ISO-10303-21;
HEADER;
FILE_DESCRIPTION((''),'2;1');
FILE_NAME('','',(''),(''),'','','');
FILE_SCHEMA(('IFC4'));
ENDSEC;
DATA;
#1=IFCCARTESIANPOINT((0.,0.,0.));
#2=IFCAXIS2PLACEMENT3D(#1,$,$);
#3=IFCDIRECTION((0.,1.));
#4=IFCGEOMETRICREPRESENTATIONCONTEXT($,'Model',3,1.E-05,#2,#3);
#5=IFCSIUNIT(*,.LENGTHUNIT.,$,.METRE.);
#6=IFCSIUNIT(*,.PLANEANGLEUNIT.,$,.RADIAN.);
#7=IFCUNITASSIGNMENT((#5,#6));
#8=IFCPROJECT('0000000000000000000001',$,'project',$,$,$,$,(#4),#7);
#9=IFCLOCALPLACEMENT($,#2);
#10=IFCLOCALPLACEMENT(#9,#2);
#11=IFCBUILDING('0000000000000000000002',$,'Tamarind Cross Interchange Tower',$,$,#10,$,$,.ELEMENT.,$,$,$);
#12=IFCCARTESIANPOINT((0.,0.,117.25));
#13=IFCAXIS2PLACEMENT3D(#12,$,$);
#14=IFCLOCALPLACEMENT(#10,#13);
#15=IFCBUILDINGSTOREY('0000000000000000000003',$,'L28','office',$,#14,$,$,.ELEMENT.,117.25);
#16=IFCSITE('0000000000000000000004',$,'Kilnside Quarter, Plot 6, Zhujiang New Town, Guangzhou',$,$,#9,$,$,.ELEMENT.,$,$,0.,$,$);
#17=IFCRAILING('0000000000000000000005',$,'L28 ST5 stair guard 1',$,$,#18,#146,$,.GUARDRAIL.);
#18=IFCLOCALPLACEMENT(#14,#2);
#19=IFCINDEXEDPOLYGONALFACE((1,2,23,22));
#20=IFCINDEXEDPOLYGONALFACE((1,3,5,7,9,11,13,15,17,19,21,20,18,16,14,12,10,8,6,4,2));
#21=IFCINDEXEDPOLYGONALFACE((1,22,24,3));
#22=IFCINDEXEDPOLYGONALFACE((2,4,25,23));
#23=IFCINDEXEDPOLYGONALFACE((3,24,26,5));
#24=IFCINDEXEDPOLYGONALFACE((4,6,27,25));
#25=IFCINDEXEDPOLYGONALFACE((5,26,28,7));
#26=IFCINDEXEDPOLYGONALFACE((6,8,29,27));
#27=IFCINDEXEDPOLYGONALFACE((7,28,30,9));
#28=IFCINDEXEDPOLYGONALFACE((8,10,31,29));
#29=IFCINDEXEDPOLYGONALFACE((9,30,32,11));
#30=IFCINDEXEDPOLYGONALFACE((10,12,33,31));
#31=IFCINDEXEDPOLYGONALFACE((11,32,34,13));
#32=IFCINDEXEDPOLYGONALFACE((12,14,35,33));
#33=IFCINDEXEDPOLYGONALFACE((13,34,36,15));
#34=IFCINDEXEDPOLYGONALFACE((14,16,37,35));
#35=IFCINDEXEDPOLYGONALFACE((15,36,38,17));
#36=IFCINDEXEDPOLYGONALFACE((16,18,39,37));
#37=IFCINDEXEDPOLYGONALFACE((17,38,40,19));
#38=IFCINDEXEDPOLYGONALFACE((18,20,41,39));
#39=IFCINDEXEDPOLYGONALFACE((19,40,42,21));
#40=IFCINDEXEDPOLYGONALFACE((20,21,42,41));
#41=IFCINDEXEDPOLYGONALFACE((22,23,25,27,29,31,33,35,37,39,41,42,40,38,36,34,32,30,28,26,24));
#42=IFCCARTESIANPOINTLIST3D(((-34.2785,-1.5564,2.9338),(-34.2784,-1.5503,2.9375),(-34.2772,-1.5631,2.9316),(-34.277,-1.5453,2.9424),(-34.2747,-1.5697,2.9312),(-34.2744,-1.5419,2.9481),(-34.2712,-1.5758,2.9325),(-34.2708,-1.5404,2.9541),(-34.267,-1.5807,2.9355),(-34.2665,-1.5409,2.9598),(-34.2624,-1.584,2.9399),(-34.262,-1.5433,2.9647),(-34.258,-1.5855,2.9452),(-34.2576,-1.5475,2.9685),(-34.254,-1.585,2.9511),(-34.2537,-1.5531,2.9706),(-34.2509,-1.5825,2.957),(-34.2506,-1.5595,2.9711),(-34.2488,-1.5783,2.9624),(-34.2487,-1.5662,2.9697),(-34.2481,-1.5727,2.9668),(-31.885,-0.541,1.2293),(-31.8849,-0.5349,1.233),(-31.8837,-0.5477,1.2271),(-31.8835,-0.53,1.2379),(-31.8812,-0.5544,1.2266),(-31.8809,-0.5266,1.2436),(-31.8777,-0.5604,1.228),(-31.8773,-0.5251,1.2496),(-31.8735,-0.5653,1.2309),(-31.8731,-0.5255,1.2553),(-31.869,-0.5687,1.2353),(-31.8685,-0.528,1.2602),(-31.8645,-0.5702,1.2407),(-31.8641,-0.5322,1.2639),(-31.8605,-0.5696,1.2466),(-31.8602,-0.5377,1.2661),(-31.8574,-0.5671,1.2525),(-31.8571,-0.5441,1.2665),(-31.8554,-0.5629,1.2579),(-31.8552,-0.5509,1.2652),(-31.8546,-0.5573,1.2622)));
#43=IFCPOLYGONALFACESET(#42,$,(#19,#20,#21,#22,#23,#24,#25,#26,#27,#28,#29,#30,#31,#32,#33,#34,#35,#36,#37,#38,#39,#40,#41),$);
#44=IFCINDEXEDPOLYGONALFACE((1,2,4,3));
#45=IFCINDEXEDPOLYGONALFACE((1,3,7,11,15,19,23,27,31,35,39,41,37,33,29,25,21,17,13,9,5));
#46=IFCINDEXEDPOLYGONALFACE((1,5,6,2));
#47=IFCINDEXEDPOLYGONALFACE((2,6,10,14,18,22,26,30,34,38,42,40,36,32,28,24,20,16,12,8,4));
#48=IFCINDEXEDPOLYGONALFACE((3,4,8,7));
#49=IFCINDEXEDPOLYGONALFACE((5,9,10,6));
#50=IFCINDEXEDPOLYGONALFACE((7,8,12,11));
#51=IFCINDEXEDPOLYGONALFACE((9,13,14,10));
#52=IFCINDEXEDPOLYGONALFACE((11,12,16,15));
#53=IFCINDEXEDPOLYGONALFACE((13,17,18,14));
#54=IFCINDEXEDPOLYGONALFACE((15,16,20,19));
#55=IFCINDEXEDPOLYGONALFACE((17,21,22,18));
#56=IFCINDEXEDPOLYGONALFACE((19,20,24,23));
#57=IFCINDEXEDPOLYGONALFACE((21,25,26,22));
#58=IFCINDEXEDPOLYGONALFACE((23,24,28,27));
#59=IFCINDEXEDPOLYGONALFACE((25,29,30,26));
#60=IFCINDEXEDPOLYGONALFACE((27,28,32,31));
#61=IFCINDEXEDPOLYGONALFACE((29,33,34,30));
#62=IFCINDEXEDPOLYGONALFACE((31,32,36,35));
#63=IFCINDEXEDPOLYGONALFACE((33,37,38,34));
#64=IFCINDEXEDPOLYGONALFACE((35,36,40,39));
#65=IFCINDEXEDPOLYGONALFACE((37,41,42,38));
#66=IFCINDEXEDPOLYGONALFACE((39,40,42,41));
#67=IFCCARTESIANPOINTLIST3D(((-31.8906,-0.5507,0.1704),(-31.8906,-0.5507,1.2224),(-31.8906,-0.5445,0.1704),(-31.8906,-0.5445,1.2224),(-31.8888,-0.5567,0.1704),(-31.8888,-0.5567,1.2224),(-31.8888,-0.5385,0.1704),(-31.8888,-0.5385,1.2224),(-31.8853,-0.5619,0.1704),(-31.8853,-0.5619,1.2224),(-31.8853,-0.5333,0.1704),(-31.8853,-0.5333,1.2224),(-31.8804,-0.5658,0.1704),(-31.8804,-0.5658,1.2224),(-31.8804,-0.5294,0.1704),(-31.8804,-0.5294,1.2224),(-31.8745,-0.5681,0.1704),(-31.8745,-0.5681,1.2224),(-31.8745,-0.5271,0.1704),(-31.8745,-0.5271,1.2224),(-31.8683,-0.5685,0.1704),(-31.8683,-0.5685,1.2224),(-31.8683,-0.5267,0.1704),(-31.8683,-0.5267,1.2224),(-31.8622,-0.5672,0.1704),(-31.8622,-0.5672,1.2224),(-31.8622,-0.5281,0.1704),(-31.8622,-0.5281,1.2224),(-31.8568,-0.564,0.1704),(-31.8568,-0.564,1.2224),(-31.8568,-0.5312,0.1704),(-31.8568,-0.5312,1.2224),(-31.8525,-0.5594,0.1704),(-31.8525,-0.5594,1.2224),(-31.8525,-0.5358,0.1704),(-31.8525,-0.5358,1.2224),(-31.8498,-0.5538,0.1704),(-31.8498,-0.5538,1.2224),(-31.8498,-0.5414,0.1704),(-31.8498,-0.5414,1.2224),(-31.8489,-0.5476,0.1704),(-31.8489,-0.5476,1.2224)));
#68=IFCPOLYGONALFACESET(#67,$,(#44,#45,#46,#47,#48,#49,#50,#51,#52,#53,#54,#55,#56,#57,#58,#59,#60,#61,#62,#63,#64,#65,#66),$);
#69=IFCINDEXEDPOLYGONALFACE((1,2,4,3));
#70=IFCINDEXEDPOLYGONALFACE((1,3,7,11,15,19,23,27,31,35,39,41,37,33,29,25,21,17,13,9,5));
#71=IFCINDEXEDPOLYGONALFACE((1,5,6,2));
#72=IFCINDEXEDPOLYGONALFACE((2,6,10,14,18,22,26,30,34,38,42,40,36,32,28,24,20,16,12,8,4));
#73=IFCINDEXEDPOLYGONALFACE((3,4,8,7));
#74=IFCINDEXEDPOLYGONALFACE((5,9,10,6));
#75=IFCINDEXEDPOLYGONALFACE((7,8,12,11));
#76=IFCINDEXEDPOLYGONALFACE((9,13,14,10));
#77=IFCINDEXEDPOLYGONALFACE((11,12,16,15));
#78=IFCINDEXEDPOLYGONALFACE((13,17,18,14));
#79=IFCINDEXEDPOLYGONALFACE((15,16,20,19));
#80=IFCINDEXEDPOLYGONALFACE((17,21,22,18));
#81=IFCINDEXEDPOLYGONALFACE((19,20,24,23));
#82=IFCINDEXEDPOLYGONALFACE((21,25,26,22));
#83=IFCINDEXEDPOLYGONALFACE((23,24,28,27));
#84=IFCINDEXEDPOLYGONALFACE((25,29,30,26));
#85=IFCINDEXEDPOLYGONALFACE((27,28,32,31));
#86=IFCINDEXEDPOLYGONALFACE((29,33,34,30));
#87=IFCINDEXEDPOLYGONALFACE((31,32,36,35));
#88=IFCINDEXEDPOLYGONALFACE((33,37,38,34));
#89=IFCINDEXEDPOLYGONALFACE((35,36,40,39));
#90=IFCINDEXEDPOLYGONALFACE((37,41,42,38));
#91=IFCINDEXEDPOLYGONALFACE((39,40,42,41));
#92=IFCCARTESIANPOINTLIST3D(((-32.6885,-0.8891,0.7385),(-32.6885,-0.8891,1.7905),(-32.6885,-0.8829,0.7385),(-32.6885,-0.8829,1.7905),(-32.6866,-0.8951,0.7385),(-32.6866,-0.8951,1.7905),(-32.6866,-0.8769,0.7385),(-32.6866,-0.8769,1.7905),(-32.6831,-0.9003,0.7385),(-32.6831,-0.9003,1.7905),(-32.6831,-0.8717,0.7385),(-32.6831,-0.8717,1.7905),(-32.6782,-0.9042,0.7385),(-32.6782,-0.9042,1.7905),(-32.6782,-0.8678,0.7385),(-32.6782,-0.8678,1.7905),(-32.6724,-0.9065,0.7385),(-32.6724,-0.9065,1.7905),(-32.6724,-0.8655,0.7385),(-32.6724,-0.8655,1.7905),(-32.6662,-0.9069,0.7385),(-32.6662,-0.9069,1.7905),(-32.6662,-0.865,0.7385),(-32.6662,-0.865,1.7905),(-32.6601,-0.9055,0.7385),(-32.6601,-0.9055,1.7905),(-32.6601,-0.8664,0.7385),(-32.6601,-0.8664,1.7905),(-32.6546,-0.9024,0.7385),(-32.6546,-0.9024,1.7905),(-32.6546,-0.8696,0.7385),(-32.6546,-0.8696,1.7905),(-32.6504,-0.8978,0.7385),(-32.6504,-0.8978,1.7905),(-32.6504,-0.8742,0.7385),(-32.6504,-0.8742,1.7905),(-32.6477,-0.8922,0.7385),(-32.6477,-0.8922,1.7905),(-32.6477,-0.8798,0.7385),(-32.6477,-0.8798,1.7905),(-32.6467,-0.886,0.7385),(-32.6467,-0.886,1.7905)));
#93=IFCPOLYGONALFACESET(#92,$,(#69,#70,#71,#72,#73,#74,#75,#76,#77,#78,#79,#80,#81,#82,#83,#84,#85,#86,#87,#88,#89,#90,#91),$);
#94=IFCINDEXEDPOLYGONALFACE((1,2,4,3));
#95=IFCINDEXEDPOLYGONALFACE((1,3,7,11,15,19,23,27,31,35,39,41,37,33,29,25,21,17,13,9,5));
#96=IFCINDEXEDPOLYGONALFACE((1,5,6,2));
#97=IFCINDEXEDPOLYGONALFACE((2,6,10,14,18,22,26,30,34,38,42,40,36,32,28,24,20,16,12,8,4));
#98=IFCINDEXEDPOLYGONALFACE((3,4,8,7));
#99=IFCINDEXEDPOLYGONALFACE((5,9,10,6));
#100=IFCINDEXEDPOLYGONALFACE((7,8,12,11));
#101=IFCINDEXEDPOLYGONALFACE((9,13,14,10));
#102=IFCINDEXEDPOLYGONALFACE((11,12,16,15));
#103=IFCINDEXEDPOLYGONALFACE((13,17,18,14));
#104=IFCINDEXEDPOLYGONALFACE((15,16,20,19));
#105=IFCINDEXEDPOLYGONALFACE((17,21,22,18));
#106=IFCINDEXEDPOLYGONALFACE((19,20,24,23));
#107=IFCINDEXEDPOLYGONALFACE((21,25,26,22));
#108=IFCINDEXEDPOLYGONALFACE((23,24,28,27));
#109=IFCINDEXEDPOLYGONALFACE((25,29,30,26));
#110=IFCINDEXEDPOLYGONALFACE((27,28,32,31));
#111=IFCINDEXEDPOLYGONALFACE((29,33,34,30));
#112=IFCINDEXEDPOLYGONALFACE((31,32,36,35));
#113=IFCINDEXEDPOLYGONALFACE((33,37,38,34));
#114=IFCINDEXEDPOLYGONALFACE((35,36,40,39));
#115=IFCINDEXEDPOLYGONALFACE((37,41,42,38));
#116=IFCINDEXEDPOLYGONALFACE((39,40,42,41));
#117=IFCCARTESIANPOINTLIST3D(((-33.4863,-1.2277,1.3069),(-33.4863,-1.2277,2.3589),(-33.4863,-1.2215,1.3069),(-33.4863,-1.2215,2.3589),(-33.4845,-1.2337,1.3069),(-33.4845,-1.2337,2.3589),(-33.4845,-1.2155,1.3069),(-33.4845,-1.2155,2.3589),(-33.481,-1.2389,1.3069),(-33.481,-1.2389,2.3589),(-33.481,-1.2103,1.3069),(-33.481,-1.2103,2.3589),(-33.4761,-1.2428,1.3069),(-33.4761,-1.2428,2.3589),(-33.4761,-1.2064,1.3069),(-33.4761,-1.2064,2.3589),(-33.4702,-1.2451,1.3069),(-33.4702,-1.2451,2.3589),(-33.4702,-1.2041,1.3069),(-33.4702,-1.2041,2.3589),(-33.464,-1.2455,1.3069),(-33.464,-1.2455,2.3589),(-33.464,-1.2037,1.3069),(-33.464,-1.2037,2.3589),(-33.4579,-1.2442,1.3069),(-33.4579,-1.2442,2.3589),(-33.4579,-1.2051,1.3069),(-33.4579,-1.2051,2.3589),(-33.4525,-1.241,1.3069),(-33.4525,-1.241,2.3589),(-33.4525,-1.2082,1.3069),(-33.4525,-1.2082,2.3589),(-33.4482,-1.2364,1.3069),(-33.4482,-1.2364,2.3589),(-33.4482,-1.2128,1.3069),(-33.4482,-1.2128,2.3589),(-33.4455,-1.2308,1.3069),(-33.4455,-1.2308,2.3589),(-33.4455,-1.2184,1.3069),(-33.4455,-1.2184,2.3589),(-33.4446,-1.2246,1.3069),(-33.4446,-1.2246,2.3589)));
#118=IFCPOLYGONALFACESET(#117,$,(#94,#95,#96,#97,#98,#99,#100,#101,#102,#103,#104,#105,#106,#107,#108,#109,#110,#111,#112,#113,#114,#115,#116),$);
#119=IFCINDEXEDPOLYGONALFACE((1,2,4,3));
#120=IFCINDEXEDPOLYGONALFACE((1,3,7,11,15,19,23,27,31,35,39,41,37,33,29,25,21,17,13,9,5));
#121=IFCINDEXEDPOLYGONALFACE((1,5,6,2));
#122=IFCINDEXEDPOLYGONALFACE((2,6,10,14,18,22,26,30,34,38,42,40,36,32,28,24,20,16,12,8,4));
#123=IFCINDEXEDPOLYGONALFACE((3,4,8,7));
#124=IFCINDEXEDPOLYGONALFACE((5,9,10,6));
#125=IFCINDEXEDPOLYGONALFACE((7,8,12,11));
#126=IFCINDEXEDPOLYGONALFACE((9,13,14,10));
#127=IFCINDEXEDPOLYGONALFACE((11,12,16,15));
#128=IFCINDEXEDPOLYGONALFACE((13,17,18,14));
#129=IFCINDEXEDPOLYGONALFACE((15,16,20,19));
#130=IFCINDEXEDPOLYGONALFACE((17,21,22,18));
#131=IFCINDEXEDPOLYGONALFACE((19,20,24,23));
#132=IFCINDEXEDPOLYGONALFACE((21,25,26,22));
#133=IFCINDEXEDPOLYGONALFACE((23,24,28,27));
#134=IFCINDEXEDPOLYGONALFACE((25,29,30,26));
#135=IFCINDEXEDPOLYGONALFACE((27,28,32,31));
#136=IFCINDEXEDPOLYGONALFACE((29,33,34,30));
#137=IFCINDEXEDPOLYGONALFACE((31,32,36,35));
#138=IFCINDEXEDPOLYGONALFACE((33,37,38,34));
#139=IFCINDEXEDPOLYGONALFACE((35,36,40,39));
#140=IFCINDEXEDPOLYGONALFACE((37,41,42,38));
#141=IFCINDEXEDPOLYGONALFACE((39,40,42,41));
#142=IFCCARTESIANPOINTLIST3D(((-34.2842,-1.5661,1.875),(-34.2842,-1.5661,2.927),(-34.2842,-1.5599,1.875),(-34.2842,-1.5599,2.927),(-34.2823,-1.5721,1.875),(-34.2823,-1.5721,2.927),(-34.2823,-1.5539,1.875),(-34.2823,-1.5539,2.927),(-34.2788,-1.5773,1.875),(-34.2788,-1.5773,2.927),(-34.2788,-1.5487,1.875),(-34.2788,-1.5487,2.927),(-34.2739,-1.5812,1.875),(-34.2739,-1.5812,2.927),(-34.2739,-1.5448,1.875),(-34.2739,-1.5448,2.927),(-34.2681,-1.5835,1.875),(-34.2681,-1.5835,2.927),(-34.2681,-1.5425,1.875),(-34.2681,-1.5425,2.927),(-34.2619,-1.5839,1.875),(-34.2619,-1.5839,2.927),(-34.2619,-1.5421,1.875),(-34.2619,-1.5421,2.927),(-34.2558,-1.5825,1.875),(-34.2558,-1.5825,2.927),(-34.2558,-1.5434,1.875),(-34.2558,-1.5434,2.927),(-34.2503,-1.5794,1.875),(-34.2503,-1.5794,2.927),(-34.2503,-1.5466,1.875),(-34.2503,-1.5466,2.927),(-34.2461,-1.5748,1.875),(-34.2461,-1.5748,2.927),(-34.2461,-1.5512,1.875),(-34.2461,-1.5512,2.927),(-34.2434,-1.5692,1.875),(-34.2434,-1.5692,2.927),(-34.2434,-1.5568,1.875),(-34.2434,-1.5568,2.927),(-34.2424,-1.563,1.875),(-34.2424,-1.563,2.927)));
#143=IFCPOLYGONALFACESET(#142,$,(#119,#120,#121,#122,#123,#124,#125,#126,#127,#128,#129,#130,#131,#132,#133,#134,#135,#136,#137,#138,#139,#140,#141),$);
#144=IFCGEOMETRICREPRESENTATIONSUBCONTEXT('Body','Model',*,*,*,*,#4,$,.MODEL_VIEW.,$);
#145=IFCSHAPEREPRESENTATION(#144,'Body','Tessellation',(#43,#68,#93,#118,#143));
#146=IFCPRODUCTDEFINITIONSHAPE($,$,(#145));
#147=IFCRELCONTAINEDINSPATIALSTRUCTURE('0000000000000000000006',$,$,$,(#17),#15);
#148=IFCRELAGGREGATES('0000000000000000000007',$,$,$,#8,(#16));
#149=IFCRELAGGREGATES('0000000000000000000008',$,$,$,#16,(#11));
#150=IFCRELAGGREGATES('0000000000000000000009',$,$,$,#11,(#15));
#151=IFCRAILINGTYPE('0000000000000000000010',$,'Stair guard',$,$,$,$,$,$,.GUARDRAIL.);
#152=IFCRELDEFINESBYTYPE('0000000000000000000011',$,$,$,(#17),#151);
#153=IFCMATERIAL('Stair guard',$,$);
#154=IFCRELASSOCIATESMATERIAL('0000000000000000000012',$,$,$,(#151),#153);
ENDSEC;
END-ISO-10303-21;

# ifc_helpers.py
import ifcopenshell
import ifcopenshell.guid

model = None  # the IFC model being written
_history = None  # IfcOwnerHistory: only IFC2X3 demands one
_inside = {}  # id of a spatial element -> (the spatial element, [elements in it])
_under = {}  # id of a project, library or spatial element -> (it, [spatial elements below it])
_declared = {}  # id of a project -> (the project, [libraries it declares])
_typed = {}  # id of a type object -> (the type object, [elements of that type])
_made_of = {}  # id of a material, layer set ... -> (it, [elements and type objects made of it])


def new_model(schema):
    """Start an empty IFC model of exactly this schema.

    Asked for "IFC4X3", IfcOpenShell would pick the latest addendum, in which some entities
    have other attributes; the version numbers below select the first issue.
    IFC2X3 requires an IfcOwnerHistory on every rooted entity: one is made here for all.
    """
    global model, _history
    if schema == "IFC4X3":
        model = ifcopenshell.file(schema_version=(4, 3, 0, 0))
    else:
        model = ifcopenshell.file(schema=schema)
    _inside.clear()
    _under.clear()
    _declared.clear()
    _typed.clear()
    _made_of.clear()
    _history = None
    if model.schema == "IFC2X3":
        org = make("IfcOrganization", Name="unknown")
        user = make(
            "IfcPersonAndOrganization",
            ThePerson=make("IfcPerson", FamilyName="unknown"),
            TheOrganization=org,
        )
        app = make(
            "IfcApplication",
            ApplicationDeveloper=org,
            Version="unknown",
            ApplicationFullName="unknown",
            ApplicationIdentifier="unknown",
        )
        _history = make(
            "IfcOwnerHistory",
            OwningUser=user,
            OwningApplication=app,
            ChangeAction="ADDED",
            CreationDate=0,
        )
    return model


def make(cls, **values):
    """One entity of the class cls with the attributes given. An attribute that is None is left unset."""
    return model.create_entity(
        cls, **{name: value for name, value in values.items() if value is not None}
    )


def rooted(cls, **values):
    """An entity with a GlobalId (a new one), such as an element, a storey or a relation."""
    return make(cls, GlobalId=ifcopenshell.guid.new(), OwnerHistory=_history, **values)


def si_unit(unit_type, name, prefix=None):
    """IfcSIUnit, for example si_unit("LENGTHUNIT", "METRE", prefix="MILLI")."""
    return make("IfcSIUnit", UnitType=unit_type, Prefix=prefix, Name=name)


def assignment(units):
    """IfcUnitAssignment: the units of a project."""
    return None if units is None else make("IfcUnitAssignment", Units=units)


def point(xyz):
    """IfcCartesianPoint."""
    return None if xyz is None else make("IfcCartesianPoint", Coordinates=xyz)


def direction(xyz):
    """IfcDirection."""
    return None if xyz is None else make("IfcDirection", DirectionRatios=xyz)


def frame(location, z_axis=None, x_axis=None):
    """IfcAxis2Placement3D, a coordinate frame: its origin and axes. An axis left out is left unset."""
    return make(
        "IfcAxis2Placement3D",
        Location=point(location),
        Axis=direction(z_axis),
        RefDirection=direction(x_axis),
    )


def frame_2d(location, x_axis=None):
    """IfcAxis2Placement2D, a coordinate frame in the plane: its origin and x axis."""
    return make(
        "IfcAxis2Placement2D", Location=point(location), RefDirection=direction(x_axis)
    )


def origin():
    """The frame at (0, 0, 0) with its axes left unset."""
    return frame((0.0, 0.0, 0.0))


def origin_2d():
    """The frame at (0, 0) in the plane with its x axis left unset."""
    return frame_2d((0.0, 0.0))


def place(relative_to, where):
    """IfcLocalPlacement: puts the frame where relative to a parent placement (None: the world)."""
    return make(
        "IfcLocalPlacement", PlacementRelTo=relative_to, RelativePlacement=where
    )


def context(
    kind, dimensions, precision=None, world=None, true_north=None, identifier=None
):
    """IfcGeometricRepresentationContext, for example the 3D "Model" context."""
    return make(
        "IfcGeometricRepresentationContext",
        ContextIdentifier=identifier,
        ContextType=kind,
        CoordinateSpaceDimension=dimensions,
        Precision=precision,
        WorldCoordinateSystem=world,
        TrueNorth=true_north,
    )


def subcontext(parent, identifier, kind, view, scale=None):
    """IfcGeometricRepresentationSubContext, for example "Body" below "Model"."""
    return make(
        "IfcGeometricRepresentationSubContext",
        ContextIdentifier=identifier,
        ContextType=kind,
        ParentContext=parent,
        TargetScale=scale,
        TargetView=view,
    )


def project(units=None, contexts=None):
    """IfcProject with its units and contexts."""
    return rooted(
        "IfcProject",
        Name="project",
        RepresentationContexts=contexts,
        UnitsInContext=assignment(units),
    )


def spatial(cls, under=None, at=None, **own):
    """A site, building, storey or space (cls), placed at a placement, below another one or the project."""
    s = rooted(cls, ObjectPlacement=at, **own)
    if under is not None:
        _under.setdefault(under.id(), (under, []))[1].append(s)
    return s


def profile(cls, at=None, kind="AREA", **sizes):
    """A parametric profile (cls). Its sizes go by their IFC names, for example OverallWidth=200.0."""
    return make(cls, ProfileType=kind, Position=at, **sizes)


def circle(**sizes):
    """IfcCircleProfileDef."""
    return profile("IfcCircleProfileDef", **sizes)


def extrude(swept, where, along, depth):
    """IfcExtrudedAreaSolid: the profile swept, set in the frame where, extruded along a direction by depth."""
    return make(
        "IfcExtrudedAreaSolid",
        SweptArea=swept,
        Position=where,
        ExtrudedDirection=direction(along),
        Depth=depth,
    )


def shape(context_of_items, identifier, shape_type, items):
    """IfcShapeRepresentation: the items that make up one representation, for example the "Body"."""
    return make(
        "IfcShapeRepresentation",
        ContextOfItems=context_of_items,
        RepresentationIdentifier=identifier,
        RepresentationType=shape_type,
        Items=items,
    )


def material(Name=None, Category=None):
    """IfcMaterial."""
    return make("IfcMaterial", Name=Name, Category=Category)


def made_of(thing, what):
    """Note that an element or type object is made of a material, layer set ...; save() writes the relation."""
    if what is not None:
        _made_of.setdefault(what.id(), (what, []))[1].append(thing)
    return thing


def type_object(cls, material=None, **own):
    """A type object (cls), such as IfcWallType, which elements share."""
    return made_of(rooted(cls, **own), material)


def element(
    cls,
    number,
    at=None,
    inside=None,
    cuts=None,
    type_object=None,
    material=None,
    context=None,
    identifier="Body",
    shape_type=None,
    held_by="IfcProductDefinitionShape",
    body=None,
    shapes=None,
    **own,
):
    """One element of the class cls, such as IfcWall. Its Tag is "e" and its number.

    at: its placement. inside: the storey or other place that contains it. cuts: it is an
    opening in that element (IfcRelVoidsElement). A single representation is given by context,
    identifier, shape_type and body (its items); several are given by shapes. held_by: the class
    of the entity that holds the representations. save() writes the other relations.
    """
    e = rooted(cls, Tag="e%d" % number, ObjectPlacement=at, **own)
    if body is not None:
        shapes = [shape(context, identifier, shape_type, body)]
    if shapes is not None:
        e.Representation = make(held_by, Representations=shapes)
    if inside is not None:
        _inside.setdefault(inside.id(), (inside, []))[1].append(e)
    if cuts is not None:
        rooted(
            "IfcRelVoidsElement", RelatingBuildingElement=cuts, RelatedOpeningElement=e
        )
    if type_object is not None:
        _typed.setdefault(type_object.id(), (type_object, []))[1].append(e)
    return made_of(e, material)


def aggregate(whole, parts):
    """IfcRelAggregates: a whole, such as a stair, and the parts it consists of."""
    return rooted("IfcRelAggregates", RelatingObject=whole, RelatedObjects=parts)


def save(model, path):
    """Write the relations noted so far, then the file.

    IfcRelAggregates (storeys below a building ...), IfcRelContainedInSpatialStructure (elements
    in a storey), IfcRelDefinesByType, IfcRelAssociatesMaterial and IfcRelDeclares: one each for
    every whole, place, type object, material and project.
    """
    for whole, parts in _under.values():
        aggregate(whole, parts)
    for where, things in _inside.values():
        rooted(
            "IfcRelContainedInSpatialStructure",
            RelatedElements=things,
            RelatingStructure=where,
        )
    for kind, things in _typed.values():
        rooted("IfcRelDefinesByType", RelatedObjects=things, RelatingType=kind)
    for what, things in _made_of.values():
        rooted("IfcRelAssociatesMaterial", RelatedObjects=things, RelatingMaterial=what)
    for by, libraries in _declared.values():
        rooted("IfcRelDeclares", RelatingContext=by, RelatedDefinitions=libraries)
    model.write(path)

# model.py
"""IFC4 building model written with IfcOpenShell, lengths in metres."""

from ifc_helpers import new_model, si_unit, direction, frame, origin, origin_2d, place, context, subcontext, project, spatial, circle, extrude, material, type_object, element, save


model = new_model("IFC4")

# Units and contexts
model_context = context("Model", 3, precision=1e-05, world=origin(), true_north=direction((0.0, 1.0)))
body_context = subcontext(model_context, "Body", "Model", "MODEL_VIEW")
ifc_project = project(units=[si_unit("LENGTHUNIT", "METRE"), si_unit("PLANEANGLEUNIT", "RADIAN")], contexts=[model_context])

# Site, building, storey
site_placement = place(None, origin())
site = spatial("IfcSite", under=ifc_project, at=site_placement, Name="Kilnside Quarter, Plot 6, Zhujiang New Town, Guangzhou", CompositionType="ELEMENT", RefElevation=0.0)
building_placement = place(site_placement, origin())
building = spatial("IfcBuilding", under=site, at=building_placement, Name="Tamarind Cross Interchange Tower", CompositionType="ELEMENT")
storey_placement = place(building_placement, frame((0.0, 0.0, 117.25)))
storey = spatial("IfcBuildingStorey", under=building, at=storey_placement, Name="L28", Description="office", CompositionType="ELEMENT", Elevation=117.25)

# Railing
ifc_material_1 = material(Name="Stair guard")
railing_type_1 = type_object("IfcRailingType", Name="Stair guard", PredefinedType="GUARDRAIL", material=ifc_material_1)
railing_1_placement = place(storey_placement, frame((-31.8699, -0.5476, 0.1704)))
element("IfcRailing", 1, at=railing_1_placement, inside=storey, type_object=railing_type_1, Name="L28 ST5 stair guard 1", PredefinedType="GUARDRAIL", context=body_context, shape_type="SweptSolid", body=[
    extrude(circle(Radius=0.0239, at=origin_2d()), frame((0.0, 0.0, 1.0762), z_axis=(-0.769885, -0.326597, 0.54828), x_axis=(0.390528, -0.920591, 0.0)), (0.0, 0.0, 1.0), 3.1089),
    extrude(circle(Radius=0.021, at=origin_2d()), origin(), (0.0, 0.0, 1.0), 1.052),
    extrude(circle(Radius=0.021, at=origin_2d()), frame((-0.7979, -0.3384, 0.5681)), (0.0, 0.0, 1.0), 1.052),
    extrude(circle(Radius=0.021, at=origin_2d()), frame((-1.5957, -0.677, 1.1365)), (0.0, 0.0, 1.0), 1.052),
    extrude(circle(Radius=0.021, at=origin_2d()), frame((-2.3936, -1.0154, 1.7046)), (0.0, 0.0, 1.0), 1.052),
])

save(model, "model.ifc")
